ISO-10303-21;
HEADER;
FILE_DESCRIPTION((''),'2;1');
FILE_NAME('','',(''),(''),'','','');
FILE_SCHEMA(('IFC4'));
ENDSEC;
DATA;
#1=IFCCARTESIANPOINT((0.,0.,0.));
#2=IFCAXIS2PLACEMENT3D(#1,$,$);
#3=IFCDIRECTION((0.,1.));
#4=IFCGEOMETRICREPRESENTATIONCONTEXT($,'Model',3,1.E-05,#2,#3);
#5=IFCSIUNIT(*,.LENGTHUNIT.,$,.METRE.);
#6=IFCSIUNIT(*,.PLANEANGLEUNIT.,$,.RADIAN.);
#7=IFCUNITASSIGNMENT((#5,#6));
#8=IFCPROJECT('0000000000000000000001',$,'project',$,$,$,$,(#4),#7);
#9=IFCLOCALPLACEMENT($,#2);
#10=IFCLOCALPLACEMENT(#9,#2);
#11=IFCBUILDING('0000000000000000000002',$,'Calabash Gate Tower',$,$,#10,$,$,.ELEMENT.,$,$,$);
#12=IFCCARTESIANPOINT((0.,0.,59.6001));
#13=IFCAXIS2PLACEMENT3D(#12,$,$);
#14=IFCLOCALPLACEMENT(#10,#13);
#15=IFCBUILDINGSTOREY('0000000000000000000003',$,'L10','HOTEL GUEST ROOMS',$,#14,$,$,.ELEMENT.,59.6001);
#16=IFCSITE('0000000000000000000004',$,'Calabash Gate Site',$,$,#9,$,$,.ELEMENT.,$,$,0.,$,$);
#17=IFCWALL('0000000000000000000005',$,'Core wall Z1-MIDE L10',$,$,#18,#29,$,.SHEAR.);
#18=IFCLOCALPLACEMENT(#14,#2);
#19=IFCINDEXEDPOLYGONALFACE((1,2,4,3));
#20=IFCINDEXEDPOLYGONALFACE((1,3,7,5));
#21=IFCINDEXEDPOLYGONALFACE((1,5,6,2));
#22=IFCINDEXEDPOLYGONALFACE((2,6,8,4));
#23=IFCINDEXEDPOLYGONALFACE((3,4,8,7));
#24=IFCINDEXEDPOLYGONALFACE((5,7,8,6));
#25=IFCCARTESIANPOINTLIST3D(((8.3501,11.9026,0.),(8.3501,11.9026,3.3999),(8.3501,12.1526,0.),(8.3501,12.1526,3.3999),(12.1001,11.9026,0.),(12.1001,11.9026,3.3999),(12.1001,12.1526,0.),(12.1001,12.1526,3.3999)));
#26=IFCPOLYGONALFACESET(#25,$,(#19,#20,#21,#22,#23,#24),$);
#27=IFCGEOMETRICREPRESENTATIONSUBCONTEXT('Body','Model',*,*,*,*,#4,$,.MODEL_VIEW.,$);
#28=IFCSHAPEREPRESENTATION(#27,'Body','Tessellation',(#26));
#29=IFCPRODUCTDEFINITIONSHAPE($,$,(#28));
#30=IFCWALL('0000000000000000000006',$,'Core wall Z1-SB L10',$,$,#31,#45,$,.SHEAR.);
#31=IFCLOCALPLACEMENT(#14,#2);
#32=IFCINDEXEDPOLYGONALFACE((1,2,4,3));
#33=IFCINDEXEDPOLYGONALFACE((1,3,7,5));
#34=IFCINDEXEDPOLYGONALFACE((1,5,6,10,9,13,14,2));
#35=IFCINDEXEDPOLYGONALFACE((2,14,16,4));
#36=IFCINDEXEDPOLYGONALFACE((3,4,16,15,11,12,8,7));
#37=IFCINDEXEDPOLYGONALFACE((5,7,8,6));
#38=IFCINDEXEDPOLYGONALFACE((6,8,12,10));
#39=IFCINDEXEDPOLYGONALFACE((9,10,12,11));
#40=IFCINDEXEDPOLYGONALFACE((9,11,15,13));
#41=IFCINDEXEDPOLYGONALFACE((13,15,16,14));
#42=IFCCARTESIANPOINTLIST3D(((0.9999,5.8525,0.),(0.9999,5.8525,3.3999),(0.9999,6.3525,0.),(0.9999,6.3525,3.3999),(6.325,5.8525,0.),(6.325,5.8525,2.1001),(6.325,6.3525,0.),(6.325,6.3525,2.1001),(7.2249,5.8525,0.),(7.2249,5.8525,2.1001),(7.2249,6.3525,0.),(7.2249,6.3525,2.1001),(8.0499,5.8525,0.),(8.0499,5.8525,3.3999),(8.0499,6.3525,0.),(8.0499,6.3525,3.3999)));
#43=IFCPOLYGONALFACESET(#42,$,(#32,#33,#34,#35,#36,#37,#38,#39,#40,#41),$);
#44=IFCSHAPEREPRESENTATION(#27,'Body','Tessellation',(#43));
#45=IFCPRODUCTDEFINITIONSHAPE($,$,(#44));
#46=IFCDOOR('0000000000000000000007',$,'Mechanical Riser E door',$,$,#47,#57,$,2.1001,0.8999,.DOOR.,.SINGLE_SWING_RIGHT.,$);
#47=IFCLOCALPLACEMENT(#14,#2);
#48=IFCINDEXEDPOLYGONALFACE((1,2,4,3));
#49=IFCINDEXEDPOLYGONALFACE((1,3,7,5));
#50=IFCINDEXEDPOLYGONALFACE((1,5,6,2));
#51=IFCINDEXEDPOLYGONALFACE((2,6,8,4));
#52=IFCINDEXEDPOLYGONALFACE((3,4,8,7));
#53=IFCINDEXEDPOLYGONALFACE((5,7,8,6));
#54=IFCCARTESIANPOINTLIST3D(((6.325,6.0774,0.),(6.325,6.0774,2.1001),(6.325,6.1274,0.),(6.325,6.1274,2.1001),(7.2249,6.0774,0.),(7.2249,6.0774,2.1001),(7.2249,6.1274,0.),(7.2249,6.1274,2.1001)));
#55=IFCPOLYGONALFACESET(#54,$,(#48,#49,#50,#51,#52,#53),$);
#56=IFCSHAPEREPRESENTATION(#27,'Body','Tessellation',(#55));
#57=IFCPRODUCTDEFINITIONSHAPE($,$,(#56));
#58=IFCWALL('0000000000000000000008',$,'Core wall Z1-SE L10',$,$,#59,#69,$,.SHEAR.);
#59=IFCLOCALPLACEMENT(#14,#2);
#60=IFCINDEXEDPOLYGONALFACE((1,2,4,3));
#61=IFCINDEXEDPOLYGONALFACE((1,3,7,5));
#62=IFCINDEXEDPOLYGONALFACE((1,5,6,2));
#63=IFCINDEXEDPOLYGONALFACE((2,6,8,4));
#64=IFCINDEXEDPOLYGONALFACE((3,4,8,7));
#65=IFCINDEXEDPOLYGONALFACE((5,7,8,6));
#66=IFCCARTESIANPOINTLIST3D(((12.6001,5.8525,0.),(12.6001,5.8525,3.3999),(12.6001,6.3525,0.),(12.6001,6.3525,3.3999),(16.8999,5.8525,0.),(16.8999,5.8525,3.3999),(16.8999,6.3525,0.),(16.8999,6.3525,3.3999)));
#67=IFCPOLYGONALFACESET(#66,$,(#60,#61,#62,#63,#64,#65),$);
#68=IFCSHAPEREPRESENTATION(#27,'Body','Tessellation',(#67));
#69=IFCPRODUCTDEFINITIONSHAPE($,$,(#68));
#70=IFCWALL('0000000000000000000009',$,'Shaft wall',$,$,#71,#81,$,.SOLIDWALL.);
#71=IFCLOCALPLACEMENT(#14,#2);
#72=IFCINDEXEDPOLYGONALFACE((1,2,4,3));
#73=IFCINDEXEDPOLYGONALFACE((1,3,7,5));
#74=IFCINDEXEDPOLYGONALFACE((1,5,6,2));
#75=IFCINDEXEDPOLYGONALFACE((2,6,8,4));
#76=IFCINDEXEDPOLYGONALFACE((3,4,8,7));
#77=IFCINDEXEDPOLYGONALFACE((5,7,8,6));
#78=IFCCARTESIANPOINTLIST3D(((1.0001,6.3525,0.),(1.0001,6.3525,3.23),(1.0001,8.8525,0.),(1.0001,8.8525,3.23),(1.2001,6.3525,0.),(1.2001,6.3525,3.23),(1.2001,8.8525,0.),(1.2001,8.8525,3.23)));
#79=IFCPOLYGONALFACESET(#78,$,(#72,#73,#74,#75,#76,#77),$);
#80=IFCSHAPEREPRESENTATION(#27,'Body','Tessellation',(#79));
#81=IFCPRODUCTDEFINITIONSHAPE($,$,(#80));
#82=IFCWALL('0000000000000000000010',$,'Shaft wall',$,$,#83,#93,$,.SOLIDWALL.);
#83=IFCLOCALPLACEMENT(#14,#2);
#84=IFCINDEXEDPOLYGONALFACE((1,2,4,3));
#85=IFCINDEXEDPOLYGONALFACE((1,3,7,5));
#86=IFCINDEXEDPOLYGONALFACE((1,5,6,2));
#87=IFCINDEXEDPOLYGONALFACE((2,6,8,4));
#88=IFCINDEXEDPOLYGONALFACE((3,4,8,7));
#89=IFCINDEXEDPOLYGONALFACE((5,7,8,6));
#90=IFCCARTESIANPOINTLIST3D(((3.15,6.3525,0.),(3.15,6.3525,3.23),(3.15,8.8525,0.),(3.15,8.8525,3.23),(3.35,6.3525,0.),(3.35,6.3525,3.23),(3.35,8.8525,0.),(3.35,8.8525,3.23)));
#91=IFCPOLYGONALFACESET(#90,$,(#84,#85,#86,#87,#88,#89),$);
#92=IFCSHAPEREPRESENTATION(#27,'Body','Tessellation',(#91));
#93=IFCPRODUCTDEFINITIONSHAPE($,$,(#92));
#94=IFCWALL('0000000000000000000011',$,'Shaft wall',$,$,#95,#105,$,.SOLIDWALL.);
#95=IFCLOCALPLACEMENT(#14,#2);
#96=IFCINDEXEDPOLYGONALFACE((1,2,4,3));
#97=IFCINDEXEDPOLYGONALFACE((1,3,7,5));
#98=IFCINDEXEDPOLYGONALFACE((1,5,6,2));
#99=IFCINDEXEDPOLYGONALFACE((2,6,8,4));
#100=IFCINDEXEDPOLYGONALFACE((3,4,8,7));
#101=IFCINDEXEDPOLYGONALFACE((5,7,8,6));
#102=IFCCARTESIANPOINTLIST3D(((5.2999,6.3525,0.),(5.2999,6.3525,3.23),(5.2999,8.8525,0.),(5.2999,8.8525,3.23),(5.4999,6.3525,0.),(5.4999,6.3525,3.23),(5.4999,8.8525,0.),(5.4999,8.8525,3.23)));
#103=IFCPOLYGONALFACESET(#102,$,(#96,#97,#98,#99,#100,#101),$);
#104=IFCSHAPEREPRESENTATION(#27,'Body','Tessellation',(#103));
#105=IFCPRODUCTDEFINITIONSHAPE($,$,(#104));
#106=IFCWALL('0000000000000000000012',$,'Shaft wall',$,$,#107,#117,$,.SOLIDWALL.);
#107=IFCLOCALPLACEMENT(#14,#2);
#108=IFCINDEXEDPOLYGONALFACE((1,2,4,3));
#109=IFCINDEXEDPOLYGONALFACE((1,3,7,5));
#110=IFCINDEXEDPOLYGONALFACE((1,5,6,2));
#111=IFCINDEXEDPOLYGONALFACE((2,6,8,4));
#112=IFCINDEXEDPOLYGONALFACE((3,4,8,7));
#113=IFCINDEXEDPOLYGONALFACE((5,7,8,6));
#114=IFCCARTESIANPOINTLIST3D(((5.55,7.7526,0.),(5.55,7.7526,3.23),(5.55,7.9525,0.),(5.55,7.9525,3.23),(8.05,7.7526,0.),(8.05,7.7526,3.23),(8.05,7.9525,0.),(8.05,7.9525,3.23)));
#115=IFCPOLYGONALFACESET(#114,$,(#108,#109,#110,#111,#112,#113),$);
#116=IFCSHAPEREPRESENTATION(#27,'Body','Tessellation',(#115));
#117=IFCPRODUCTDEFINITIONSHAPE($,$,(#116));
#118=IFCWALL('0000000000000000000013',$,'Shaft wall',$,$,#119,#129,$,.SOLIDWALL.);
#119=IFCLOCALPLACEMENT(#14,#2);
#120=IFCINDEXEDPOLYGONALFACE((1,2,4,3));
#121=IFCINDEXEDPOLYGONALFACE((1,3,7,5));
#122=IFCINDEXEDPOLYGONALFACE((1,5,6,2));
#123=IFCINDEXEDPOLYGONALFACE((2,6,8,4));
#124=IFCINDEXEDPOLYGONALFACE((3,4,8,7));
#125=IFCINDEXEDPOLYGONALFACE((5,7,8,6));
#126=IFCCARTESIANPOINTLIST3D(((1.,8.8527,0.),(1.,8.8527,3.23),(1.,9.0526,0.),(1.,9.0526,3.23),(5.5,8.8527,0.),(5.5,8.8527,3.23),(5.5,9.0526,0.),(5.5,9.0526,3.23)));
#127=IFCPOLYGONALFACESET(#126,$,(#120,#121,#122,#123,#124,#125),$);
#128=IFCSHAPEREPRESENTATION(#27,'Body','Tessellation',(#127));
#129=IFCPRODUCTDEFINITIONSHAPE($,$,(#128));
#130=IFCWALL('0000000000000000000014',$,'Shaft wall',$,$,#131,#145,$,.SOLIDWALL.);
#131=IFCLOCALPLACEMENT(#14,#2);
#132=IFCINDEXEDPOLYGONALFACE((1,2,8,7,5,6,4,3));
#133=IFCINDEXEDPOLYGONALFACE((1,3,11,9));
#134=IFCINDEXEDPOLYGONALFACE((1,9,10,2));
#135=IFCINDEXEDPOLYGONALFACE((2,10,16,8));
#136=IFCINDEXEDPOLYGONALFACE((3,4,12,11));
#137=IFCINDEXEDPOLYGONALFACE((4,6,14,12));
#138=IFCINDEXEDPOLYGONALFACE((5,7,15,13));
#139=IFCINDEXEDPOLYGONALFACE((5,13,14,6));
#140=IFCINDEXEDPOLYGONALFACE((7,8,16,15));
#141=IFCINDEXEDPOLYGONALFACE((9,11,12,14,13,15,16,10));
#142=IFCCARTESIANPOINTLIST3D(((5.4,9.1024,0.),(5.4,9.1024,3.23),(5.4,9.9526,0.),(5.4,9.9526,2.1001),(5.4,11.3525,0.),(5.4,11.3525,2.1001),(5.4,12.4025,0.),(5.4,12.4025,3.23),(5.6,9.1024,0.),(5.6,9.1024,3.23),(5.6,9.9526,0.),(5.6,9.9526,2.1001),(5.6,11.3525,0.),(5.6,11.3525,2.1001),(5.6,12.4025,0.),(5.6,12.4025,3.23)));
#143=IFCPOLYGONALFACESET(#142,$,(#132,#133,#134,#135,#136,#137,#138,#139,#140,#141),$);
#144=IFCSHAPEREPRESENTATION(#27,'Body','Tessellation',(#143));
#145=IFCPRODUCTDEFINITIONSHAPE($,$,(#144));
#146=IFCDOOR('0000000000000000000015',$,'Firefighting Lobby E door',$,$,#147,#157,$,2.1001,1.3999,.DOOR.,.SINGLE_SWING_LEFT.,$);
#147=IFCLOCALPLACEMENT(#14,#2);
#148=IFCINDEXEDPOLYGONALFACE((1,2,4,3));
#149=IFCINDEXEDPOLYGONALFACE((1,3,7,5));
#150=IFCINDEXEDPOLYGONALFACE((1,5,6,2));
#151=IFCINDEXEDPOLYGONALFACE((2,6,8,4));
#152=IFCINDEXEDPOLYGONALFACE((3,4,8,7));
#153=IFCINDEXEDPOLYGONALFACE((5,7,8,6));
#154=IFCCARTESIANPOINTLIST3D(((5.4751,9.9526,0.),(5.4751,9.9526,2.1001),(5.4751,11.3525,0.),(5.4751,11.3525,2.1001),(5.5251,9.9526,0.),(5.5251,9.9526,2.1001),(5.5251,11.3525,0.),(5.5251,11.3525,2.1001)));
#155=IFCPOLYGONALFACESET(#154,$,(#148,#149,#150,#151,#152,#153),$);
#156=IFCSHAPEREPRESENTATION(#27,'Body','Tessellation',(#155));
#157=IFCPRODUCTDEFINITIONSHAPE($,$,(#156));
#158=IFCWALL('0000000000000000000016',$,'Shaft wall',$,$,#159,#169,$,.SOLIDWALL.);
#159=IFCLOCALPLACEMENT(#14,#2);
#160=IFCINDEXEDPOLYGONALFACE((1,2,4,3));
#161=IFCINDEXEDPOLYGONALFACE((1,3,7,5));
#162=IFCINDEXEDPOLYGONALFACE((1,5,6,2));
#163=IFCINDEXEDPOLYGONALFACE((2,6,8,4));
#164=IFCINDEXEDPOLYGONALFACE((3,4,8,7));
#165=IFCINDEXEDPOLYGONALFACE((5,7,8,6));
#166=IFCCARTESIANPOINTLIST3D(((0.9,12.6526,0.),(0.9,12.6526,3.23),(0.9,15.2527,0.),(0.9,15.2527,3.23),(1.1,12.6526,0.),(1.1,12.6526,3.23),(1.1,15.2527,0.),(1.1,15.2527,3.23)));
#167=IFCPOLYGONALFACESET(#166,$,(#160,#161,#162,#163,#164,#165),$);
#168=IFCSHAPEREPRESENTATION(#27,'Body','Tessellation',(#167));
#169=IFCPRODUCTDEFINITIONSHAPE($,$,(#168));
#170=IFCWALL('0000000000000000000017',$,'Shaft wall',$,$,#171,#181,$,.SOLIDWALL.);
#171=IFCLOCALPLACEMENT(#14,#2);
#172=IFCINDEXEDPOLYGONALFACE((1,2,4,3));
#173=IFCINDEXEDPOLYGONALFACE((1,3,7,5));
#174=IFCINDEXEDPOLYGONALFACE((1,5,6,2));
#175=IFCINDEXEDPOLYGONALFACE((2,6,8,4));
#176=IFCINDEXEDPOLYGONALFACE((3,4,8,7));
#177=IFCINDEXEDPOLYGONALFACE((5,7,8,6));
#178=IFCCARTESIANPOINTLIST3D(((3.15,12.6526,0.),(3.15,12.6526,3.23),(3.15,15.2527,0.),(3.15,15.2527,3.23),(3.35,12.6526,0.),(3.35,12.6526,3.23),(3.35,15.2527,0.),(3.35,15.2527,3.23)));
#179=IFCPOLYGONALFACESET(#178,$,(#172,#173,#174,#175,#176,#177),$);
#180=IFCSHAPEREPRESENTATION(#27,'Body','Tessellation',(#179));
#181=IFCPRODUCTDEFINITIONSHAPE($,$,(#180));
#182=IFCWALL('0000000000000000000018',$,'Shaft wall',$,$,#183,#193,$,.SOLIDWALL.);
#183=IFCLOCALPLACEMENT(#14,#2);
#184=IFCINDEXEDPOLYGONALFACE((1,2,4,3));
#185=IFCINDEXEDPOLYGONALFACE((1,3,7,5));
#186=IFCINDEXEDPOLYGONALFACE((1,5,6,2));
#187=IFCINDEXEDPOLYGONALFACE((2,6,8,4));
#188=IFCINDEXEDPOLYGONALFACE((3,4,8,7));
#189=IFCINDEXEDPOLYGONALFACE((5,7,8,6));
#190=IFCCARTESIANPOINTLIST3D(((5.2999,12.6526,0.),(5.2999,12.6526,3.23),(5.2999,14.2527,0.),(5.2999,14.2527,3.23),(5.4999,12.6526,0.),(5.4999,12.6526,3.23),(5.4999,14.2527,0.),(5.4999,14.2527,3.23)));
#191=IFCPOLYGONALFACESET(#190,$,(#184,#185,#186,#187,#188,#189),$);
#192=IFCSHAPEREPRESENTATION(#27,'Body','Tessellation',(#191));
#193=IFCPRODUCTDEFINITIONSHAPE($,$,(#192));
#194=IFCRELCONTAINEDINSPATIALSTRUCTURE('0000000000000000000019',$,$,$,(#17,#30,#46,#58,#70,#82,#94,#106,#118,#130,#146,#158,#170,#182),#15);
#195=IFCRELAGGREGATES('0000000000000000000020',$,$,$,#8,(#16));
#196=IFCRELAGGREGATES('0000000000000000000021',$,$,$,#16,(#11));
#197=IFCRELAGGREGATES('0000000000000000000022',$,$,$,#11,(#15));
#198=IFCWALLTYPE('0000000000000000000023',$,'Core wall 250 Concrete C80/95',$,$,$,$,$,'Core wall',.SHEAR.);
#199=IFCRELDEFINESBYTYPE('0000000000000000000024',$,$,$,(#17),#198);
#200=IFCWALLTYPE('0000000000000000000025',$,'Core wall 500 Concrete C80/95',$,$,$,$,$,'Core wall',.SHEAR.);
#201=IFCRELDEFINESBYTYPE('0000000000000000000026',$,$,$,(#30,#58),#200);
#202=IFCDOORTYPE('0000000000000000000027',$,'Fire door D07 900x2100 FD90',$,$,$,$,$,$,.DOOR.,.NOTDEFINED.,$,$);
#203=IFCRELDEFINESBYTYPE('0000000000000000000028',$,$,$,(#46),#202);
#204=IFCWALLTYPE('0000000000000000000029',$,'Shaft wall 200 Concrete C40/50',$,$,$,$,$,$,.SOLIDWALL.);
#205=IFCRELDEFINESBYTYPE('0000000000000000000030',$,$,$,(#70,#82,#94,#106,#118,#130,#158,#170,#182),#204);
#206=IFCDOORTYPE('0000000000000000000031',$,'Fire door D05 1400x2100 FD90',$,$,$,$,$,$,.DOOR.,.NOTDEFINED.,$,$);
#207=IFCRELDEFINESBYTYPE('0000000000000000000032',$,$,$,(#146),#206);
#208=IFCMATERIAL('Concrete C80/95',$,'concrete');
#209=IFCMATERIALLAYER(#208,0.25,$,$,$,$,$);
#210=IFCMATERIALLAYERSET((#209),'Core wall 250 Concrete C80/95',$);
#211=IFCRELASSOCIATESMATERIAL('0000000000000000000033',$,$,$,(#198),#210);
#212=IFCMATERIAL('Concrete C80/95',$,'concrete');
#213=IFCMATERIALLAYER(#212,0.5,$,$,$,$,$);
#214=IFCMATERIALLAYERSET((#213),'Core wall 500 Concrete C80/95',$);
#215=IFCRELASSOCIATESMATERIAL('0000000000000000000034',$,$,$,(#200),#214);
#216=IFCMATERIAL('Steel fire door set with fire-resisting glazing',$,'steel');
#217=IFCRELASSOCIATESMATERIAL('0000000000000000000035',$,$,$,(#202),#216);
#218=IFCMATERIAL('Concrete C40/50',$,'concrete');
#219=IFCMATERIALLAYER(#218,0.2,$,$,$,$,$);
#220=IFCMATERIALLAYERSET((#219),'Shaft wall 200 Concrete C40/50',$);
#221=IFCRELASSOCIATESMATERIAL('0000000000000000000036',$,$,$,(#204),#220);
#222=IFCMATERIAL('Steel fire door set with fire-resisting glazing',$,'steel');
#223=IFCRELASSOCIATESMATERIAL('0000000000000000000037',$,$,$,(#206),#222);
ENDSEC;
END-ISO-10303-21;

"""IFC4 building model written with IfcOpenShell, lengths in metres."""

from ifc_helpers import new_model, si_unit, direction, frame, frame_2d, origin, place, context, subcontext, project, spatial, rectangle, extrude, material, layer, layer_set, type_object, element, fill, save


model = new_model("IFC4")

# Units and contexts
model_context = context("Model", 3, precision=1e-05, world=origin(), true_north=direction((0.0, 1.0)))
body_context = subcontext(model_context, "Body", "Model", "MODEL_VIEW")
ifc_project = project(units=[si_unit("LENGTHUNIT", "METRE"), si_unit("PLANEANGLEUNIT", "RADIAN")], contexts=[model_context])

# Site, building, storey
site_placement = place(None, origin())
site = spatial("IfcSite", under=ifc_project, at=site_placement, Name="Calabash Gate Site", CompositionType="ELEMENT", RefElevation=0.0)
building_placement = place(site_placement, origin())
building = spatial("IfcBuilding", under=site, at=building_placement, Name="Calabash Gate Tower", CompositionType="ELEMENT")
storey_placement = place(building_placement, frame((0.0, 0.0, 59.6001)))
storey = spatial("IfcBuildingStorey", under=building, at=storey_placement, Name="L10", Description="HOTEL GUEST ROOMS", CompositionType="ELEMENT", Elevation=59.6001)

# Wall
ifc_material_1 = material(Name="Concrete C80/95", Category="concrete")
ifc_layer_1 = layer(ifc_material_1, 0.25)
ifc_layer_set_1 = layer_set([ifc_layer_1], Name="Core wall 250 Concrete C80/95")
wall_type_1 = type_object("IfcWallType", Name="Core wall 250 Concrete C80/95", ElementType="Core wall", PredefinedType="SHEAR", material=ifc_layer_set_1)
wall_1_placement = place(storey_placement, frame((8.3501, 12.0276, 0.0), z_axis=(0.0, 0.0, 1.0), x_axis=(1.0, 0.0, 0.0)))
element("IfcWall", 1, at=wall_1_placement, inside=storey, type_object=wall_type_1, Name="Core wall Z1-MIDE L10", PredefinedType="SHEAR", context=body_context, shape_type="SweptSolid", body=[
    extrude(rectangle(XDim=3.75, YDim=0.25, at=frame_2d((1.875, 0.0))), origin(), (0.0, 0.0, 1.0), 3.3999),
])

# Wall, opening, door
ifc_material_2 = material(Name="Concrete C80/95", Category="concrete")
ifc_layer_2 = layer(ifc_material_2, 0.5)
ifc_layer_set_2 = layer_set([ifc_layer_2], Name="Core wall 500 Concrete C80/95")
wall_type_2 = type_object("IfcWallType", Name="Core wall 500 Concrete C80/95", ElementType="Core wall", PredefinedType="SHEAR", material=ifc_layer_set_2)
wall_2_placement = place(storey_placement, frame((1.0, 6.1025, 0.0), z_axis=(0.0, 0.0, 1.0), x_axis=(1.0, 0.0, 0.0)))
wall_2 = element("IfcWall", 2, at=wall_2_placement, inside=storey, type_object=wall_type_2, Name="Core wall Z1-SB L10", PredefinedType="SHEAR", context=body_context, shape_type="SweptSolid", body=[
    extrude(rectangle(XDim=7.05, YDim=0.5, at=frame_2d((3.5249, 0.0))), origin(), (0.0, 0.0, 1.0), 3.3999),
])
opening_1_placement = place(wall_2_placement, frame((5.325, 0.0, 0.0)))
opening_1 = element("IfcOpeningElement", 3, at=opening_1_placement, cuts=wall_2, PredefinedType="OPENING", context=body_context, shape_type="SweptSolid", body=[
    extrude(rectangle(XDim=0.8999, YDim=2.1001, at=frame_2d((0.45, 1.05))), frame((0.0, 0.26, 0.0), z_axis=(0.0, -1.0, 0.0), x_axis=(1.0, 0.0, 0.0)), (0.0, 0.0, 1.0), 0.52),
])
ifc_material_3 = material(Name="Steel fire door set with fire-resisting glazing", Category="steel")
door_type_1 = type_object("IfcDoorType", Name="Fire door D07 900x2100 FD90", OperationType="NOTDEFINED", PredefinedType="DOOR", material=ifc_material_3)
door_1_placement = place(opening_1_placement, origin())
door_1 = element("IfcDoor", 4, at=door_1_placement, inside=storey, type_object=door_type_1, Name="Mechanical Riser E door", OperationType="SINGLE_SWING_RIGHT", OverallHeight=2.1001, OverallWidth=0.8999, PredefinedType="DOOR", context=body_context, shape_type="SweptSolid", body=[
    extrude(rectangle(XDim=0.8999, YDim=2.1001, at=frame_2d((0.45, 1.05))), frame((0.0, 0.0249, 0.0), z_axis=(0.0, -1.0, 0.0), x_axis=(1.0, 0.0, 0.0)), (0.0, 0.0, 1.0), 0.05),
])
fill(opening_1, door_1)

# Walls
wall_3_placement = place(storey_placement, frame((12.6001, 6.1025, 0.0), z_axis=(0.0, 0.0, 1.0), x_axis=(1.0, 0.0, 0.0)))
element("IfcWall", 5, at=wall_3_placement, inside=storey, type_object=wall_type_2, Name="Core wall Z1-SE L10", PredefinedType="SHEAR", context=body_context, shape_type="SweptSolid", body=[
    extrude(rectangle(XDim=4.2998, YDim=0.5, at=frame_2d((2.1499, 0.0))), origin(), (0.0, 0.0, 1.0), 3.3999),
])
ifc_material_4 = material(Name="Concrete C40/50", Category="concrete")
ifc_layer_3 = layer(ifc_material_4, 0.2)
ifc_layer_set_3 = layer_set([ifc_layer_3], Name="Shaft wall 200 Concrete C40/50")
wall_type_3 = type_object("IfcWallType", Name="Shaft wall 200 Concrete C40/50", PredefinedType="SOLIDWALL", material=ifc_layer_set_3)
for number, where, z_axis, x_axis, name in (
    (6, (1.1001, 6.3525, 0.0), (0.0, 0.0, 1.0), (0.0, 1.0, 0.0), "Shaft wall"),
    (7, (3.25, 6.3525, 0.0), (0.0, 0.0, 1.0), (0.0, 1.0, 0.0), "Shaft wall"),
    (8, (5.3999, 6.3525, 0.0), (0.0, 0.0, 1.0), (0.0, 1.0, 0.0), "Shaft wall"),
    (9, (5.55, 7.8525, 0.0), (0.0, 0.0, 1.0), (1.0, 0.0, 0.0), "Shaft wall"),
):
    element("IfcWall", number, at=place(storey_placement, frame(where, z_axis=z_axis, x_axis=x_axis)), inside=storey, type_object=wall_type_3, Name=name, PredefinedType="SOLIDWALL", context=body_context, shape_type="SweptSolid", body=[
        extrude(rectangle(XDim=2.5, YDim=0.2, at=frame_2d((1.25, 0.0))), origin(), (0.0, 0.0, 1.0), 3.23),
    ])
wall_4_placement = place(storey_placement, frame((1.0, 8.9526, 0.0), z_axis=(0.0, 0.0, 1.0), x_axis=(1.0, 0.0, 0.0)))
element("IfcWall", 10, at=wall_4_placement, inside=storey, type_object=wall_type_3, Name="Shaft wall", PredefinedType="SOLIDWALL", context=body_context, shape_type="SweptSolid", body=[
    extrude(rectangle(XDim=4.5, YDim=0.2, at=frame_2d((2.25, 0.0))), origin(), (0.0, 0.0, 1.0), 3.23),
])

# Wall, opening, door
wall_5_placement = place(storey_placement, frame((5.5, 9.1025, 0.0), z_axis=(0.0, 0.0, 1.0), x_axis=(0.0, 1.0, 0.0)))
wall_5 = element("IfcWall", 11, at=wall_5_placement, inside=storey, type_object=wall_type_3, Name="Shaft wall", PredefinedType="SOLIDWALL", context=body_context, shape_type="SweptSolid", body=[
    extrude(rectangle(XDim=3.3, YDim=0.2, at=frame_2d((1.6499, 0.0))), origin(), (0.0, 0.0, 1.0), 3.23),
])
opening_2_placement = place(wall_5_placement, frame((0.8501, 0.0, 0.0)))
opening_2 = element("IfcOpeningElement", 12, at=opening_2_placement, cuts=wall_5, PredefinedType="OPENING", context=body_context, shape_type="SweptSolid", body=[
    extrude(rectangle(XDim=1.3999, YDim=2.1001, at=frame_2d((0.7, 1.05))), frame((0.0, 0.1099, 0.0), z_axis=(0.0, -1.0, 0.0), x_axis=(1.0, 0.0, 0.0)), (0.0, 0.0, 1.0), 0.22),
])
ifc_material_5 = material(Name="Steel fire door set with fire-resisting glazing", Category="steel")
door_type_2 = type_object("IfcDoorType", Name="Fire door D05 1400x2100 FD90", OperationType="NOTDEFINED", PredefinedType="DOOR", material=ifc_material_5)
door_2_placement = place(opening_2_placement, origin())
door_2 = element("IfcDoor", 13, at=door_2_placement, inside=storey, type_object=door_type_2, Name="Firefighting Lobby E door", OperationType="SINGLE_SWING_LEFT", OverallHeight=2.1001, OverallWidth=1.3999, PredefinedType="DOOR", context=body_context, shape_type="SweptSolid", body=[
    extrude(rectangle(XDim=1.3999, YDim=2.1001, at=frame_2d((0.7, 1.05))), frame((0.0, 0.0249, 0.0), z_axis=(0.0, -1.0, 0.0), x_axis=(1.0, 0.0, 0.0)), (0.0, 0.0, 1.0), 0.05),
])
fill(opening_2, door_2)

# Walls
for number, where, z_axis, x_axis, name in (
    (14, (1.0, 12.6526, 0.0), (0.0, 0.0, 1.0), (0.0, 1.0, 0.0), "Shaft wall"),
    (15, (3.25, 12.6526, 0.0), (0.0, 0.0, 1.0), (0.0, 1.0, 0.0), "Shaft wall"),
):
    element("IfcWall", number, at=place(storey_placement, frame(where, z_axis=z_axis, x_axis=x_axis)), inside=storey, type_object=wall_type_3, Name=name, PredefinedType="SOLIDWALL", context=body_context, shape_type="SweptSolid", body=[
        extrude(rectangle(XDim=2.6001, YDim=0.2, at=frame_2d((1.3, 0.0))), origin(), (0.0, 0.0, 1.0), 3.23),
    ])
wall_6_placement = place(storey_placement, frame((5.3999, 12.6526, 0.0), z_axis=(0.0, 0.0, 1.0), x_axis=(0.0, 1.0, 0.0)))
element("IfcWall", 16, at=wall_6_placement, inside=storey, type_object=wall_type_3, Name="Shaft wall", PredefinedType="SOLIDWALL", context=body_context, shape_type="SweptSolid", body=[
    extrude(rectangle(XDim=1.6001, YDim=0.2, at=frame_2d((0.8, 0.0))), origin(), (0.0, 0.0, 1.0), 3.23),
])

save(model, "model.ifc")
